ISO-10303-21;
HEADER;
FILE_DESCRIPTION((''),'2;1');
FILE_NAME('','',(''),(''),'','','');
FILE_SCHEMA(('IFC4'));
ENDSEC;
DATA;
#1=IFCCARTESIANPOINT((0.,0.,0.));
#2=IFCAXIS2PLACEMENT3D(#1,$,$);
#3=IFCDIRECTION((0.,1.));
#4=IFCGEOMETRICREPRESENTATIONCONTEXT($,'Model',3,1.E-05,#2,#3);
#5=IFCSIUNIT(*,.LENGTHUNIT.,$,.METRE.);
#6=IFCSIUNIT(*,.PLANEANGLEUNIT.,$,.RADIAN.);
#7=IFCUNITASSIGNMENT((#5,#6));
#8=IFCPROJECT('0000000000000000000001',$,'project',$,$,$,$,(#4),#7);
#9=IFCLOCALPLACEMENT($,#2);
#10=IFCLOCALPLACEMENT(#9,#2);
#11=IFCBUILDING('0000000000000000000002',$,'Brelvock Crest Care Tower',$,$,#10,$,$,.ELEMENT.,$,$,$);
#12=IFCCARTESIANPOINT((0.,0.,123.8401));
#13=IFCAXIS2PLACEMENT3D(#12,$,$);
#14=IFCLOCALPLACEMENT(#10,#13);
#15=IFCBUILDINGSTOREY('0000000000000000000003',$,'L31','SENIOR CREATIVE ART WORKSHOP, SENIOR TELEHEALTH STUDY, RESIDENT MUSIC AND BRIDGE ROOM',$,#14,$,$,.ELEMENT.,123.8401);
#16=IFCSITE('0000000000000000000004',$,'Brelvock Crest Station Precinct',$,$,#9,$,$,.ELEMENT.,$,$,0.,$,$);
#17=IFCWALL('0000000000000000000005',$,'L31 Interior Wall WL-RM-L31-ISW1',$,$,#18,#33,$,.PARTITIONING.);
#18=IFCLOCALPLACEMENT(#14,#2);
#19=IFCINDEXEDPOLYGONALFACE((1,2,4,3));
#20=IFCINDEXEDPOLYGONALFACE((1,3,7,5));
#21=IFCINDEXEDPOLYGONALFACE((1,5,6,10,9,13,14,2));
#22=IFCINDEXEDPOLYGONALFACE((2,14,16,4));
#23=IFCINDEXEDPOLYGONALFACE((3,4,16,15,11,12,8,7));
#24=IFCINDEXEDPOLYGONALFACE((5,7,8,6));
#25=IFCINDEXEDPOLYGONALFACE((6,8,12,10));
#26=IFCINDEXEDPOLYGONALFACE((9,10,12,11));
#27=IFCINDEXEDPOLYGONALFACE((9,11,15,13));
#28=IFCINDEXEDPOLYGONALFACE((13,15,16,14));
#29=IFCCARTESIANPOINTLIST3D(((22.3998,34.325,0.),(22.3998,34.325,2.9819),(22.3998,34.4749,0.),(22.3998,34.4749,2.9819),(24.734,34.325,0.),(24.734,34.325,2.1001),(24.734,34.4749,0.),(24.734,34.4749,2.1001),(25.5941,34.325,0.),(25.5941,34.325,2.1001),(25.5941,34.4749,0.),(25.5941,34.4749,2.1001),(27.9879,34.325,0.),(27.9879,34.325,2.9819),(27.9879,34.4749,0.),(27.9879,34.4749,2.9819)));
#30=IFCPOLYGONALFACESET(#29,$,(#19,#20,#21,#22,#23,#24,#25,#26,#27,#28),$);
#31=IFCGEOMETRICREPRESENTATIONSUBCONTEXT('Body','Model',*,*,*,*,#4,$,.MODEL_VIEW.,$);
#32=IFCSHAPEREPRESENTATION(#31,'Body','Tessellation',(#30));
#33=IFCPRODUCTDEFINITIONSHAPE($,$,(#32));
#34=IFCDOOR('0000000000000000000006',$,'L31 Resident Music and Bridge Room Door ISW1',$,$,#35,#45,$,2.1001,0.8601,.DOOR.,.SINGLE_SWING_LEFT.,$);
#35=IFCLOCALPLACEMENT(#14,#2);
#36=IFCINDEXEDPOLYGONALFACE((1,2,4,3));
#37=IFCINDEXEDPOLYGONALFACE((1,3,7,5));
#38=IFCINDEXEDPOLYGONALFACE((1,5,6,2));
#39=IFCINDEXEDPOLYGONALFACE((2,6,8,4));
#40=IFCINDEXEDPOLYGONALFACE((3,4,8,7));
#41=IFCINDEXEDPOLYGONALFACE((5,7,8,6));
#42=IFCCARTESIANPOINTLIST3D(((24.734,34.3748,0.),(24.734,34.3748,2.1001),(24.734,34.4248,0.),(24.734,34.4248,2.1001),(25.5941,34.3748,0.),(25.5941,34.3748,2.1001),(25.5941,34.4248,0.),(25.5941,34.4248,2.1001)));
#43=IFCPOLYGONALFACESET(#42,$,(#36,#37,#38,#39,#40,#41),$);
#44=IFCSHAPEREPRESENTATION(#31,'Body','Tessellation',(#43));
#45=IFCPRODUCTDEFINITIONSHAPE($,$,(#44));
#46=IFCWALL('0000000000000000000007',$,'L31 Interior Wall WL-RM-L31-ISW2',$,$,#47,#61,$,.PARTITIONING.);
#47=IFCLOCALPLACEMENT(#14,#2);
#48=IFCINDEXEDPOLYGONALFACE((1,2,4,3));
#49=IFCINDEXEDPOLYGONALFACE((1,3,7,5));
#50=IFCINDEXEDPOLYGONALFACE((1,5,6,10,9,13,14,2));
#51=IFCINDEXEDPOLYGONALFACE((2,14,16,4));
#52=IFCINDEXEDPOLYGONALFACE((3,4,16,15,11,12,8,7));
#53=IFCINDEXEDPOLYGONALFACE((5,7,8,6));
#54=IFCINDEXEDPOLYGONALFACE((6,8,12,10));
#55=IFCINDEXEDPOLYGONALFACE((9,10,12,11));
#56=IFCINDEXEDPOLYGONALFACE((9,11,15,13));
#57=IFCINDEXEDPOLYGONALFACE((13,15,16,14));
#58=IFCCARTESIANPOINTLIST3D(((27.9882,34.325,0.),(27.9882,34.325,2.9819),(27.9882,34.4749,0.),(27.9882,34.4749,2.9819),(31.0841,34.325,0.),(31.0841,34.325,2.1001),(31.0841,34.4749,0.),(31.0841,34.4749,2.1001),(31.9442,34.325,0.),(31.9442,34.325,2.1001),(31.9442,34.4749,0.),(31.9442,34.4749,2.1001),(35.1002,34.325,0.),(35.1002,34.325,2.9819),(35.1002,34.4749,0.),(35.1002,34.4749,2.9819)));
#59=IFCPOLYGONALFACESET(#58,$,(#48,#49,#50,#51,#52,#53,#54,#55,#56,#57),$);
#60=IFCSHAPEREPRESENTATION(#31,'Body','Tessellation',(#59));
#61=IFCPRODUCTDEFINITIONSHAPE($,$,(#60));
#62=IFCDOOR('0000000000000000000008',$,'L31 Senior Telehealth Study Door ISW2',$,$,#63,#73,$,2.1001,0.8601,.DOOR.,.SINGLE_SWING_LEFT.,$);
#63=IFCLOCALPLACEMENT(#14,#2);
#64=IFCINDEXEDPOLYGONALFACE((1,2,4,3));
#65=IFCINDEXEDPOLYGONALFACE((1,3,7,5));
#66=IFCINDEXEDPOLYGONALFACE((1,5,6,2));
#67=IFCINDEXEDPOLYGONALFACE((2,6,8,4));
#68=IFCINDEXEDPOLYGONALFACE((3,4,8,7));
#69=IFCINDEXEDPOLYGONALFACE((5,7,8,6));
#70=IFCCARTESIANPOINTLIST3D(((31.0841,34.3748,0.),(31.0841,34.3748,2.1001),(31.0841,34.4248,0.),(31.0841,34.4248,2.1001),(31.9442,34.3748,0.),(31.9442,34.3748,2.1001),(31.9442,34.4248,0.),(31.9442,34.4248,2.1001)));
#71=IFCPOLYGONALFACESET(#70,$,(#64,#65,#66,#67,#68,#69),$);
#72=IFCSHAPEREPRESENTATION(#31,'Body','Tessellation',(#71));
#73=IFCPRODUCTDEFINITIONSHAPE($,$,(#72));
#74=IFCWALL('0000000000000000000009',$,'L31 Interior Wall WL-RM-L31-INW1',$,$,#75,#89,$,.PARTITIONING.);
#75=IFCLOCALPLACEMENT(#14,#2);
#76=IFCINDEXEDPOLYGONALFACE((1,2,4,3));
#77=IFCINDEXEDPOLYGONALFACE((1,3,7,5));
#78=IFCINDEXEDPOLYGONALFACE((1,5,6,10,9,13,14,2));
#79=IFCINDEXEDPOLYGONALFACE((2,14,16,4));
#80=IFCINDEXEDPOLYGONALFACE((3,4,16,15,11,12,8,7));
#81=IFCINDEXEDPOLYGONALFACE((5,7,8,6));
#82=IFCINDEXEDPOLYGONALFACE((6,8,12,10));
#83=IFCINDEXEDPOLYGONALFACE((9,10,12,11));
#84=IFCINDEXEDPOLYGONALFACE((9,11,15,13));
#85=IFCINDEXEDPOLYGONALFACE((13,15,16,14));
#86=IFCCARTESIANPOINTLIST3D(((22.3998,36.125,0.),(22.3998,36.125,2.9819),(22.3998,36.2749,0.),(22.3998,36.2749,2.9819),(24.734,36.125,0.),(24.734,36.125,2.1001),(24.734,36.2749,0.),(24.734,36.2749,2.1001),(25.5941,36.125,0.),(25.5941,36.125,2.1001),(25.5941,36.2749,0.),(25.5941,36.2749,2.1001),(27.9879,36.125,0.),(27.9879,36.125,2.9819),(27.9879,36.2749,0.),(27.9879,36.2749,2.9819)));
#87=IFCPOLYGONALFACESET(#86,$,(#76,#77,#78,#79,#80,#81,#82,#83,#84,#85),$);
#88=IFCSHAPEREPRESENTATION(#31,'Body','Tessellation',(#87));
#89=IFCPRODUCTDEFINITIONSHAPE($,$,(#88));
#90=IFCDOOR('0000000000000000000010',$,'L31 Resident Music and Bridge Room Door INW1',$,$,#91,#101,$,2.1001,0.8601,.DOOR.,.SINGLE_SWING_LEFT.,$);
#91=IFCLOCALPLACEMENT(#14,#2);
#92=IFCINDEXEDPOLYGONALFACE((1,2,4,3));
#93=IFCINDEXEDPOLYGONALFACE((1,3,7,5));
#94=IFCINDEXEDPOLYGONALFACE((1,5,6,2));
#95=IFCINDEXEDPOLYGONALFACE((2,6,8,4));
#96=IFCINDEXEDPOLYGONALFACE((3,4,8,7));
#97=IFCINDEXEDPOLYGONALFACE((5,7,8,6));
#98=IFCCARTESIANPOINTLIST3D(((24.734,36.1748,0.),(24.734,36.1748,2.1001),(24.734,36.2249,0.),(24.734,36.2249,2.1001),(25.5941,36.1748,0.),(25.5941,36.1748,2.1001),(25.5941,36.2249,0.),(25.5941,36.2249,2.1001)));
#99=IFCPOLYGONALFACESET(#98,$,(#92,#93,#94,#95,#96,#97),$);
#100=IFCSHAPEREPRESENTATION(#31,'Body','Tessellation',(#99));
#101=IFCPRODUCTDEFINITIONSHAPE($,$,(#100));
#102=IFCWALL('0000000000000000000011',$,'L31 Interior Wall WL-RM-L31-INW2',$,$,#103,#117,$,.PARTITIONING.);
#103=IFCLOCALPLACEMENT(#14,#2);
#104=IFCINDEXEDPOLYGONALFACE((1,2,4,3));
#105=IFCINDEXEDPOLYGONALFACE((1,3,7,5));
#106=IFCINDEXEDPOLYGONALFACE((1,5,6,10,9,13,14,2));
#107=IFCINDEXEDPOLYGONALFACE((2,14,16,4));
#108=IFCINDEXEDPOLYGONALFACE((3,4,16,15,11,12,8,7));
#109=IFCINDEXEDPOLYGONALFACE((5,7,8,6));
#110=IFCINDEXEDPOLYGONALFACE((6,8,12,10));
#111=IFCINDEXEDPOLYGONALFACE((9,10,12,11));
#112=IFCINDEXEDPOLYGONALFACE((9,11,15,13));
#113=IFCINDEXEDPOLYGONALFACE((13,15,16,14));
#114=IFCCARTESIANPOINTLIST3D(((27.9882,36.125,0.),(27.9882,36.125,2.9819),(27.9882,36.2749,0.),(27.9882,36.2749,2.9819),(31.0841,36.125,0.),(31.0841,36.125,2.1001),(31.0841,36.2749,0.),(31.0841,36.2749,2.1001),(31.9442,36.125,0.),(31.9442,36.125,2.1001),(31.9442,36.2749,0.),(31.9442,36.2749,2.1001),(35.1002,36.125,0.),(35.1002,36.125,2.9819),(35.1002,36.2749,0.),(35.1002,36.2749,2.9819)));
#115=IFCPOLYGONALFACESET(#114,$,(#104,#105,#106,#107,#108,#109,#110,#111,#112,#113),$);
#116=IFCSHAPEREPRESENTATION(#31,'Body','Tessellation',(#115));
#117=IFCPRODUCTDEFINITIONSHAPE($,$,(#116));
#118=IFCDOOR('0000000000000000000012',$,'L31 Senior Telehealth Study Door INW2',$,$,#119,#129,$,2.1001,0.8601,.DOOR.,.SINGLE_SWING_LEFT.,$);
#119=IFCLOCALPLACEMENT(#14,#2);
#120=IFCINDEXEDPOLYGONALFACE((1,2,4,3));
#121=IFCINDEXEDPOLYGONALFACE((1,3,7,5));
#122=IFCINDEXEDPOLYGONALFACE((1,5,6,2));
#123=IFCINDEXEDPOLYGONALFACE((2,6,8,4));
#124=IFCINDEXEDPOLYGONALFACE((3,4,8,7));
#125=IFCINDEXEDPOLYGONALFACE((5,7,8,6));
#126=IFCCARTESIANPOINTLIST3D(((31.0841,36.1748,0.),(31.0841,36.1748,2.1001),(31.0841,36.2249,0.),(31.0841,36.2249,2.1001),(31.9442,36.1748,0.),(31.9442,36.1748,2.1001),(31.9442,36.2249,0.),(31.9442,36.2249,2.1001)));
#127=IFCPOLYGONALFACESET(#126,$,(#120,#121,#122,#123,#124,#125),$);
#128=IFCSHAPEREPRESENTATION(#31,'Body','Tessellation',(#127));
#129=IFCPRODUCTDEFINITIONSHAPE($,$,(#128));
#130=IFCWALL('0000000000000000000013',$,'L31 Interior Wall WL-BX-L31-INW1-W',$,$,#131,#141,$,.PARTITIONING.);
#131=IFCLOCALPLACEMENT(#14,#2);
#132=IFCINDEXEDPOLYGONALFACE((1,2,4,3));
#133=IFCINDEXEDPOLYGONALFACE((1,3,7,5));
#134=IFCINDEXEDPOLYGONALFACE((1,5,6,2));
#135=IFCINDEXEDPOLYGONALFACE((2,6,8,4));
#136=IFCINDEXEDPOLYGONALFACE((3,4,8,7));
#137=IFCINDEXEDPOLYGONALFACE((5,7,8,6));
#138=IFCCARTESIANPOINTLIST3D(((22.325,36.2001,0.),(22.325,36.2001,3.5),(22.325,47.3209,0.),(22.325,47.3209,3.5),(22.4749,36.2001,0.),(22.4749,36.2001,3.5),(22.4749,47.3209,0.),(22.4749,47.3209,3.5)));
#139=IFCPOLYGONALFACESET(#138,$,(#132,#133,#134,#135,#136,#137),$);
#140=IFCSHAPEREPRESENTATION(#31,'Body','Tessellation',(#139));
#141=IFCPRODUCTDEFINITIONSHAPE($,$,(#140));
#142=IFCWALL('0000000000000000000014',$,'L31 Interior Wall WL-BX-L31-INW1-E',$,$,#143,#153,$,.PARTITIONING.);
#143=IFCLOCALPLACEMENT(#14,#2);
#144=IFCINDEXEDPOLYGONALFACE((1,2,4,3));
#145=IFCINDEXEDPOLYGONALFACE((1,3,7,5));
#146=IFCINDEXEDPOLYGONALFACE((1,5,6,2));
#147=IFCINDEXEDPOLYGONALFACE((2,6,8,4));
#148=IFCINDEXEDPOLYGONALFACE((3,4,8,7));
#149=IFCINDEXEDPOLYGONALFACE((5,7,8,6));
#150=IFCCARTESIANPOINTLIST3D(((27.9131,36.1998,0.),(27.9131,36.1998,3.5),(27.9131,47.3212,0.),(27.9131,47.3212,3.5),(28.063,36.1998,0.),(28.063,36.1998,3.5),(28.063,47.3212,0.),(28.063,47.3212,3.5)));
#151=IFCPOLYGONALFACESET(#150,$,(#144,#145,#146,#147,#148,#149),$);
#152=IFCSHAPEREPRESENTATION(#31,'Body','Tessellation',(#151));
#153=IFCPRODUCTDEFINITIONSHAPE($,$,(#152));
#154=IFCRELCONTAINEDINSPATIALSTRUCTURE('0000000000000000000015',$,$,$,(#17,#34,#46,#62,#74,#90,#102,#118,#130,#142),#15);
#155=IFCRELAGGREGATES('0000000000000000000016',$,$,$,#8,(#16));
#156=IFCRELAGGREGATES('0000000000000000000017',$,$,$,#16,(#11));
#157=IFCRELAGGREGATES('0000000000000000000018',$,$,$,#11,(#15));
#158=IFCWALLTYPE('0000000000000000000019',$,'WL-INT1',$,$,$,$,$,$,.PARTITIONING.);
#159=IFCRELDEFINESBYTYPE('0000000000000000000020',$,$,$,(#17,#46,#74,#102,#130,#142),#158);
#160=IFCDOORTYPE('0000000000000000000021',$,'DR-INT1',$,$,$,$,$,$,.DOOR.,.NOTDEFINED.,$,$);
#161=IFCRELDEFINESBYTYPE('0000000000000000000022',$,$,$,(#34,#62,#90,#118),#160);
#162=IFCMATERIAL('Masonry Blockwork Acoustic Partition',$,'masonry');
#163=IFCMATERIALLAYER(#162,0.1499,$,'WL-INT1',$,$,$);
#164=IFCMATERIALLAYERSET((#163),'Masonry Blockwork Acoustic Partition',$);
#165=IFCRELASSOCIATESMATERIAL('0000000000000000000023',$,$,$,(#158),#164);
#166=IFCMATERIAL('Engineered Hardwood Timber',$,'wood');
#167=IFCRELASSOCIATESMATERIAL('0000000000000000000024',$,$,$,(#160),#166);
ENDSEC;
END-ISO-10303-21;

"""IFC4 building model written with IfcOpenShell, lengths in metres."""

from ifc_helpers import new_model, si_unit, direction, frame, frame_2d, origin, origin_2d, place, context, subcontext, project, spatial, rectangle, extrude, source, transform, mapped, material, layer, layer_set, type_object, element, fill, save


model = new_model("IFC4")

# Units and contexts
model_context = context("Model", 3, precision=1e-05, world=origin(), true_north=direction((0.0, 1.0)))
body_context = subcontext(model_context, "Body", "Model", "MODEL_VIEW")
ifc_project = project(units=[si_unit("LENGTHUNIT", "METRE"), si_unit("PLANEANGLEUNIT", "RADIAN")], contexts=[model_context])

# Site, building, storey
site_placement = place(None, origin())
site = spatial("IfcSite", under=ifc_project, at=site_placement, Name="Brelvock Crest Station Precinct", CompositionType="ELEMENT", RefElevation=0.0)
building_placement = place(site_placement, origin())
building = spatial("IfcBuilding", under=site, at=building_placement, Name="Brelvock Crest Care Tower", CompositionType="ELEMENT")
storey_placement = place(building_placement, frame((0.0, 0.0, 123.8401)))
storey = spatial("IfcBuildingStorey", under=building, at=storey_placement, Name="L31", Description="SENIOR CREATIVE ART WORKSHOP, SENIOR TELEHEALTH STUDY, RESIDENT MUSIC AND BRIDGE ROOM", CompositionType="ELEMENT", Elevation=123.8401)

# Walls, openings, doors
ifc_material_1 = material(Name="Masonry Blockwork Acoustic Partition", Category="masonry")
ifc_layer = layer(ifc_material_1, 0.1499, Name="WL-INT1")
ifc_layer_set = layer_set([ifc_layer], Name="Masonry Blockwork Acoustic Partition")
wall_type = type_object("IfcWallType", Name="WL-INT1", PredefinedType="PARTITIONING", material=ifc_layer_set)
wall_1_placement = place(storey_placement, frame((22.3999, 34.3999, 0.0), z_axis=(0.0, 0.0, 1.0), x_axis=(1.0, 0.0, 0.0)))
wall_1 = element("IfcWall", 1, at=wall_1_placement, inside=storey, type_object=wall_type, Name="L31 Interior Wall WL-RM-L31-ISW1", PredefinedType="PARTITIONING", context=body_context, shape_type="SweptSolid", body=[
    extrude(rectangle(XDim=5.5881, YDim=0.1499, at=frame_2d((2.7939, 0.0))), origin(), (0.0, 0.0, 1.0), 2.9819),
])
opening_1_placement = place(wall_1_placement, frame((2.334, 0.0, 0.0)))
opening_1 = element("IfcOpeningElement", 2, at=opening_1_placement, cuts=wall_1, PredefinedType="OPENING", context=body_context, shape_type="SweptSolid", body=[
    extrude(rectangle(XDim=0.8601, YDim=2.1001, at=origin_2d()), frame((0.4302, 0.085, 1.05), z_axis=(0.0, -1.0, 0.0), x_axis=(1.0, 0.0, 0.0)), (0.0, 0.0, 1.0), 0.1699),
])
ifc_material_2 = material(Name="Engineered Hardwood Timber", Category="wood")
door_type = type_object("IfcDoorType", Name="DR-INT1", OperationType="NOTDEFINED", PredefinedType="DOOR", material=ifc_material_2)
shared_shape_1 = source(origin(), body_context, "Body", "SweptSolid", [
    extrude(rectangle(XDim=0.8601, YDim=2.1001, at=origin_2d()), frame((0.4302, 0.0249, 1.05), z_axis=(0.0, -1.0, 0.0), x_axis=(1.0, 0.0, 0.0)), (0.0, 0.0, 1.0), 0.05),
])
door_1_placement = place(opening_1_placement, origin())
door_1 = element("IfcDoor", 3, at=door_1_placement, inside=storey, type_object=door_type, Name="L31 Resident Music and Bridge Room Door ISW1", OperationType="SINGLE_SWING_LEFT", OverallHeight=2.1001, OverallWidth=0.8601, PredefinedType="DOOR", context=body_context, shape_type="MappedRepresentation", body=[
    mapped(shared_shape_1, transform((0.0, 0.0, 0.0), x_axis=(1.0, 0.0, 0.0), y_axis=(0.0, 1.0, 0.0), z_axis=(0.0, 0.0, 1.0), scale=1.0)),
])
fill(opening_1, door_1)
wall_2_placement = place(storey_placement, frame((27.988, 34.3999, 0.0), z_axis=(0.0, 0.0, 1.0), x_axis=(1.0, 0.0, 0.0)))
wall_2 = element("IfcWall", 4, at=wall_2_placement, inside=storey, type_object=wall_type, Name="L31 Interior Wall WL-RM-L31-ISW2", PredefinedType="PARTITIONING", context=body_context, shape_type="SweptSolid", body=[
    extrude(rectangle(XDim=7.1121, YDim=0.1499, at=frame_2d((3.5562, 0.0))), origin(), (0.0, 0.0, 1.0), 2.9819),
])
opening_2_placement = place(wall_2_placement, frame((3.0959, 0.0, 0.0)))
opening_2 = element("IfcOpeningElement", 5, at=opening_2_placement, cuts=wall_2, PredefinedType="OPENING", context=body_context, shape_type="SweptSolid", body=[
    extrude(rectangle(XDim=0.8601, YDim=2.1001, at=origin_2d()), frame((0.4302, 0.085, 1.05), z_axis=(0.0, -1.0, 0.0), x_axis=(1.0, 0.0, 0.0)), (0.0, 0.0, 1.0), 0.1699),
])
door_2_placement = place(opening_2_placement, origin())
door_2 = element("IfcDoor", 6, at=door_2_placement, inside=storey, type_object=door_type, Name="L31 Senior Telehealth Study Door ISW2", OperationType="SINGLE_SWING_LEFT", OverallHeight=2.1001, OverallWidth=0.8601, PredefinedType="DOOR", context=body_context, shape_type="MappedRepresentation", body=[
    mapped(shared_shape_1, transform((0.0, 0.0, 0.0), x_axis=(1.0, 0.0, 0.0), y_axis=(0.0, 1.0, 0.0), z_axis=(0.0, 0.0, 1.0), scale=1.0)),
])
fill(opening_2, door_2)
wall_3_placement = place(storey_placement, frame((22.3999, 36.2, 0.0), z_axis=(0.0, 0.0, 1.0), x_axis=(1.0, 0.0, 0.0)))
wall_3 = element("IfcWall", 7, at=wall_3_placement, inside=storey, type_object=wall_type, Name="L31 Interior Wall WL-RM-L31-INW1", PredefinedType="PARTITIONING", context=body_context, shape_type="SweptSolid", body=[
    extrude(rectangle(XDim=5.5881, YDim=0.1499, at=frame_2d((2.7939, 0.0))), origin(), (0.0, 0.0, 1.0), 2.9819),
])
opening_3_placement = place(wall_3_placement, frame((2.334, 0.0, 0.0)))
opening_3 = element("IfcOpeningElement", 8, at=opening_3_placement, cuts=wall_3, PredefinedType="OPENING", context=body_context, shape_type="SweptSolid", body=[
    extrude(rectangle(XDim=0.8601, YDim=2.1001, at=origin_2d()), frame((0.4302, 0.085, 1.05), z_axis=(0.0, -1.0, 0.0), x_axis=(1.0, 0.0, 0.0)), (0.0, 0.0, 1.0), 0.1699),
])
door_3_placement = place(opening_3_placement, origin())
door_3 = element("IfcDoor", 9, at=door_3_placement, inside=storey, type_object=door_type, Name="L31 Resident Music and Bridge Room Door INW1", OperationType="SINGLE_SWING_LEFT", OverallHeight=2.1001, OverallWidth=0.8601, PredefinedType="DOOR", context=body_context, shape_type="MappedRepresentation", body=[
    mapped(shared_shape_1, transform((0.0, 0.0, 0.0), x_axis=(1.0, 0.0, 0.0), y_axis=(0.0, 1.0, 0.0), z_axis=(0.0, 0.0, 1.0), scale=1.0)),
])
fill(opening_3, door_3)
wall_4_placement = place(storey_placement, frame((27.988, 36.2, 0.0), z_axis=(0.0, 0.0, 1.0), x_axis=(1.0, 0.0, 0.0)))
wall_4 = element("IfcWall", 10, at=wall_4_placement, inside=storey, type_object=wall_type, Name="L31 Interior Wall WL-RM-L31-INW2", PredefinedType="PARTITIONING", context=body_context, shape_type="SweptSolid", body=[
    extrude(rectangle(XDim=7.1121, YDim=0.1499, at=frame_2d((3.5562, 0.0))), origin(), (0.0, 0.0, 1.0), 2.9819),
])
opening_4_placement = place(wall_4_placement, frame((3.0959, 0.0, 0.0)))
opening_4 = element("IfcOpeningElement", 11, at=opening_4_placement, cuts=wall_4, PredefinedType="OPENING", context=body_context, shape_type="SweptSolid", body=[
    extrude(rectangle(XDim=0.8601, YDim=2.1001, at=origin_2d()), frame((0.4302, 0.085, 1.05), z_axis=(0.0, -1.0, 0.0), x_axis=(1.0, 0.0, 0.0)), (0.0, 0.0, 1.0), 0.1699),
])
door_4_placement = place(opening_4_placement, origin())
door_4 = element("IfcDoor", 12, at=door_4_placement, inside=storey, type_object=door_type, Name="L31 Senior Telehealth Study Door INW2", OperationType="SINGLE_SWING_LEFT", OverallHeight=2.1001, OverallWidth=0.8601, PredefinedType="DOOR", context=body_context, shape_type="MappedRepresentation", body=[
    mapped(shared_shape_1, transform((0.0, 0.0, 0.0), x_axis=(1.0, 0.0, 0.0), y_axis=(0.0, 1.0, 0.0), z_axis=(0.0, 0.0, 1.0), scale=1.0)),
])
fill(opening_4, door_4)

# Walls
wall_5_placement = place(storey_placement, frame((22.3999, 36.2, 0.0), z_axis=(0.0, 0.0, 1.0), x_axis=(0.0, 1.0, 0.0)))
element("IfcWall", 13, at=wall_5_placement, inside=storey, type_object=wall_type, Name="L31 Interior Wall WL-BX-L31-INW1-W", PredefinedType="PARTITIONING", context=body_context, shape_type="SweptSolid", body=[
    extrude(rectangle(XDim=11.1208, YDim=0.1499, at=frame_2d((5.5605, 0.0))), origin(), (0.0, 0.0, 1.0), 3.5),
])
wall_6_placement = place(storey_placement, frame((27.988, 36.2, 0.0), z_axis=(0.0, 0.0, 1.0), x_axis=(0.0, 1.0, 0.0)))
element("IfcWall", 14, at=wall_6_placement, inside=storey, type_object=wall_type, Name="L31 Interior Wall WL-BX-L31-INW1-E", PredefinedType="PARTITIONING", context=body_context, shape_type="SweptSolid", body=[
    extrude(rectangle(XDim=11.1213, YDim=0.1499, at=frame_2d((5.5605, 0.0))), origin(), (0.0, 0.0, 1.0), 3.5),
])

save(model, "model.ifc")
